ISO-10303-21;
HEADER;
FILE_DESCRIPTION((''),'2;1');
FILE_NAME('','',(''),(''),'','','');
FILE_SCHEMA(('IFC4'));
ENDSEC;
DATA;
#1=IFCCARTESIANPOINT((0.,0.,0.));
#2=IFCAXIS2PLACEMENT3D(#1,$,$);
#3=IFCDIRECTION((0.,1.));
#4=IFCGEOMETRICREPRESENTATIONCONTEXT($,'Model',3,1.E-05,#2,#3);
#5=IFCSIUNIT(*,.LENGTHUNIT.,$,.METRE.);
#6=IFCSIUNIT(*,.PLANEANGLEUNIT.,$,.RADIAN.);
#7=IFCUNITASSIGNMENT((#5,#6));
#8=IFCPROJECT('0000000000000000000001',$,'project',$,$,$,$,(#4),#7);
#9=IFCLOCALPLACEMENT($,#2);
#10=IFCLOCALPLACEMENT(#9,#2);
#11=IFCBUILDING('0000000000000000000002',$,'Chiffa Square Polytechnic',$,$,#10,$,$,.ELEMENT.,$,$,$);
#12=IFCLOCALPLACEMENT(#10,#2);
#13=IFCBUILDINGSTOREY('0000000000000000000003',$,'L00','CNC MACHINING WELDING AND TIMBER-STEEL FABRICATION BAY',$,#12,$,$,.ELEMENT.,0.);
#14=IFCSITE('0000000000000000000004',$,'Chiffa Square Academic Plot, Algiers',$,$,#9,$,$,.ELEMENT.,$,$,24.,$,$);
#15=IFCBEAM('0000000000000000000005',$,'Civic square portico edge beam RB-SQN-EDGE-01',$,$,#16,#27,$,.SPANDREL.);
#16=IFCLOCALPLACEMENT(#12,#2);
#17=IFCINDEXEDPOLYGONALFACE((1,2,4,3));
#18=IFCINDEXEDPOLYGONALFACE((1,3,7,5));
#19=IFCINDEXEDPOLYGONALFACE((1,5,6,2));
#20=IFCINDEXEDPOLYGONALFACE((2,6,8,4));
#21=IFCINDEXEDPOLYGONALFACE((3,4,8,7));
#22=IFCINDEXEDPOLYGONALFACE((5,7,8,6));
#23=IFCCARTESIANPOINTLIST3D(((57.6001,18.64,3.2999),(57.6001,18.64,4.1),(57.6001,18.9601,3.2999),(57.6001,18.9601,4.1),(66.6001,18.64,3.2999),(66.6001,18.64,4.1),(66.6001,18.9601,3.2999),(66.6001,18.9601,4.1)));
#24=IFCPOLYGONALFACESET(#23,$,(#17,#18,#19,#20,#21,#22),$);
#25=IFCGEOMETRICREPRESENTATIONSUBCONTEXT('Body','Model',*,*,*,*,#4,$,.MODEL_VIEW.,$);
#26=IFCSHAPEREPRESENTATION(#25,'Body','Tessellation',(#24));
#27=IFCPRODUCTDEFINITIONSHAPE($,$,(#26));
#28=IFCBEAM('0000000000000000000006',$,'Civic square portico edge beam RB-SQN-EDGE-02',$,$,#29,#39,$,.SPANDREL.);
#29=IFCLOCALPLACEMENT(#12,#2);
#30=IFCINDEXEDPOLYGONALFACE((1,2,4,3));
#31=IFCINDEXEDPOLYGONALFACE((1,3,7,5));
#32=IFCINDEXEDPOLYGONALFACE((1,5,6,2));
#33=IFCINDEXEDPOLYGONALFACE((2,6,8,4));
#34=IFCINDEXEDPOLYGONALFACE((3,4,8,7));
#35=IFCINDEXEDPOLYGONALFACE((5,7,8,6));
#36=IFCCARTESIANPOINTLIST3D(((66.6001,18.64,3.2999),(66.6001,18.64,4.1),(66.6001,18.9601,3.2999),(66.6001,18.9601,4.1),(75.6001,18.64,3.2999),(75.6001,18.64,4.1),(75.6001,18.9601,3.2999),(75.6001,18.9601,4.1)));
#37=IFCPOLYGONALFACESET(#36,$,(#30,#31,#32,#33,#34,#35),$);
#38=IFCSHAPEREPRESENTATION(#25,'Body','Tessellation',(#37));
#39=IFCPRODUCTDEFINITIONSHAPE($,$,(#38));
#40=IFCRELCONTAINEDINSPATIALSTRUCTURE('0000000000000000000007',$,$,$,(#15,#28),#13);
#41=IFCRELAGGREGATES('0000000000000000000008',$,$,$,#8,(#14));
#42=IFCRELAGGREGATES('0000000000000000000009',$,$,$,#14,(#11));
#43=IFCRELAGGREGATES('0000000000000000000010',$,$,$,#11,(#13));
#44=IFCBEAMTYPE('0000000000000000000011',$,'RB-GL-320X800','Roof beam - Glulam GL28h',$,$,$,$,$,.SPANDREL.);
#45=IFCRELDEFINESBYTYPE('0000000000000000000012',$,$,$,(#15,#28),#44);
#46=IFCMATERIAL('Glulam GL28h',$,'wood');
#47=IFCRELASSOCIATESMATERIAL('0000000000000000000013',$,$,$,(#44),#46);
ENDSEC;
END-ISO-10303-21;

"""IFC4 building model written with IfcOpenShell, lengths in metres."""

from ifc_helpers import new_model, si_unit, direction, frame, origin, origin_2d, place, context, subcontext, project, spatial, rectangle, extrude, material, material_profile, profile_set, type_object, element, save


model = new_model("IFC4")

# Units and contexts
model_context = context("Model", 3, precision=1e-05, world=origin(), true_north=direction((0.0, 1.0)))
body_context = subcontext(model_context, "Body", "Model", "MODEL_VIEW")
ifc_project = project(units=[si_unit("LENGTHUNIT", "METRE"), si_unit("PLANEANGLEUNIT", "RADIAN")], contexts=[model_context])

# Site, building, storey
site_placement = place(None, origin())
site = spatial("IfcSite", under=ifc_project, at=site_placement, Name="Chiffa Square Academic Plot, Algiers", CompositionType="ELEMENT", RefElevation=24.0)
building_placement = place(site_placement, origin())
building = spatial("IfcBuilding", under=site, at=building_placement, Name="Chiffa Square Polytechnic", CompositionType="ELEMENT")
storey_placement = place(building_placement, origin())
storey = spatial("IfcBuildingStorey", under=building, at=storey_placement, Name="L00", Description="CNC MACHINING WELDING AND TIMBER-STEEL FABRICATION BAY", CompositionType="ELEMENT", Elevation=0.0)

# Shared definitions
ifc_material_1 = material(Name="Glulam GL28h", Category="wood")

# Beams
ifc_material_profile_1 = material_profile(ifc_material_1, rectangle(XDim=0.3201, YDim=0.8, at=origin_2d()), Name="GL28h 320x800")
ifc_profile_set_1 = profile_set([ifc_material_profile_1], Name="Glulam GL28h")
beam_type_1 = type_object("IfcBeamType", Name="RB-GL-320X800", Description="Roof beam - Glulam GL28h", PredefinedType="SPANDREL", material=ifc_profile_set_1)
for number, where, z_axis, x_axis, name in (
    (1, (57.6001, 18.8, 3.7), (1.0, 0.0, 0.0), (0.0, 1.0, 0.0), "Civic square portico edge beam RB-SQN-EDGE-01"),
    (2, (66.6001, 18.8, 3.7), (1.0, 0.0, 0.0), (0.0, 1.0, 0.0), "Civic square portico edge beam RB-SQN-EDGE-02"),
):
    element("IfcBeam", number, at=place(storey_placement, frame(where, z_axis=z_axis, x_axis=x_axis)), inside=storey, type_object=beam_type_1, Name=name, PredefinedType="SPANDREL", context=body_context, shape_type="SweptSolid", body=[
        extrude(rectangle(XDim=0.3201, YDim=0.8, at=origin_2d()), origin(), (0.0, 0.0, 1.0), 9.0),
    ])

save(model, "model.ifc")
